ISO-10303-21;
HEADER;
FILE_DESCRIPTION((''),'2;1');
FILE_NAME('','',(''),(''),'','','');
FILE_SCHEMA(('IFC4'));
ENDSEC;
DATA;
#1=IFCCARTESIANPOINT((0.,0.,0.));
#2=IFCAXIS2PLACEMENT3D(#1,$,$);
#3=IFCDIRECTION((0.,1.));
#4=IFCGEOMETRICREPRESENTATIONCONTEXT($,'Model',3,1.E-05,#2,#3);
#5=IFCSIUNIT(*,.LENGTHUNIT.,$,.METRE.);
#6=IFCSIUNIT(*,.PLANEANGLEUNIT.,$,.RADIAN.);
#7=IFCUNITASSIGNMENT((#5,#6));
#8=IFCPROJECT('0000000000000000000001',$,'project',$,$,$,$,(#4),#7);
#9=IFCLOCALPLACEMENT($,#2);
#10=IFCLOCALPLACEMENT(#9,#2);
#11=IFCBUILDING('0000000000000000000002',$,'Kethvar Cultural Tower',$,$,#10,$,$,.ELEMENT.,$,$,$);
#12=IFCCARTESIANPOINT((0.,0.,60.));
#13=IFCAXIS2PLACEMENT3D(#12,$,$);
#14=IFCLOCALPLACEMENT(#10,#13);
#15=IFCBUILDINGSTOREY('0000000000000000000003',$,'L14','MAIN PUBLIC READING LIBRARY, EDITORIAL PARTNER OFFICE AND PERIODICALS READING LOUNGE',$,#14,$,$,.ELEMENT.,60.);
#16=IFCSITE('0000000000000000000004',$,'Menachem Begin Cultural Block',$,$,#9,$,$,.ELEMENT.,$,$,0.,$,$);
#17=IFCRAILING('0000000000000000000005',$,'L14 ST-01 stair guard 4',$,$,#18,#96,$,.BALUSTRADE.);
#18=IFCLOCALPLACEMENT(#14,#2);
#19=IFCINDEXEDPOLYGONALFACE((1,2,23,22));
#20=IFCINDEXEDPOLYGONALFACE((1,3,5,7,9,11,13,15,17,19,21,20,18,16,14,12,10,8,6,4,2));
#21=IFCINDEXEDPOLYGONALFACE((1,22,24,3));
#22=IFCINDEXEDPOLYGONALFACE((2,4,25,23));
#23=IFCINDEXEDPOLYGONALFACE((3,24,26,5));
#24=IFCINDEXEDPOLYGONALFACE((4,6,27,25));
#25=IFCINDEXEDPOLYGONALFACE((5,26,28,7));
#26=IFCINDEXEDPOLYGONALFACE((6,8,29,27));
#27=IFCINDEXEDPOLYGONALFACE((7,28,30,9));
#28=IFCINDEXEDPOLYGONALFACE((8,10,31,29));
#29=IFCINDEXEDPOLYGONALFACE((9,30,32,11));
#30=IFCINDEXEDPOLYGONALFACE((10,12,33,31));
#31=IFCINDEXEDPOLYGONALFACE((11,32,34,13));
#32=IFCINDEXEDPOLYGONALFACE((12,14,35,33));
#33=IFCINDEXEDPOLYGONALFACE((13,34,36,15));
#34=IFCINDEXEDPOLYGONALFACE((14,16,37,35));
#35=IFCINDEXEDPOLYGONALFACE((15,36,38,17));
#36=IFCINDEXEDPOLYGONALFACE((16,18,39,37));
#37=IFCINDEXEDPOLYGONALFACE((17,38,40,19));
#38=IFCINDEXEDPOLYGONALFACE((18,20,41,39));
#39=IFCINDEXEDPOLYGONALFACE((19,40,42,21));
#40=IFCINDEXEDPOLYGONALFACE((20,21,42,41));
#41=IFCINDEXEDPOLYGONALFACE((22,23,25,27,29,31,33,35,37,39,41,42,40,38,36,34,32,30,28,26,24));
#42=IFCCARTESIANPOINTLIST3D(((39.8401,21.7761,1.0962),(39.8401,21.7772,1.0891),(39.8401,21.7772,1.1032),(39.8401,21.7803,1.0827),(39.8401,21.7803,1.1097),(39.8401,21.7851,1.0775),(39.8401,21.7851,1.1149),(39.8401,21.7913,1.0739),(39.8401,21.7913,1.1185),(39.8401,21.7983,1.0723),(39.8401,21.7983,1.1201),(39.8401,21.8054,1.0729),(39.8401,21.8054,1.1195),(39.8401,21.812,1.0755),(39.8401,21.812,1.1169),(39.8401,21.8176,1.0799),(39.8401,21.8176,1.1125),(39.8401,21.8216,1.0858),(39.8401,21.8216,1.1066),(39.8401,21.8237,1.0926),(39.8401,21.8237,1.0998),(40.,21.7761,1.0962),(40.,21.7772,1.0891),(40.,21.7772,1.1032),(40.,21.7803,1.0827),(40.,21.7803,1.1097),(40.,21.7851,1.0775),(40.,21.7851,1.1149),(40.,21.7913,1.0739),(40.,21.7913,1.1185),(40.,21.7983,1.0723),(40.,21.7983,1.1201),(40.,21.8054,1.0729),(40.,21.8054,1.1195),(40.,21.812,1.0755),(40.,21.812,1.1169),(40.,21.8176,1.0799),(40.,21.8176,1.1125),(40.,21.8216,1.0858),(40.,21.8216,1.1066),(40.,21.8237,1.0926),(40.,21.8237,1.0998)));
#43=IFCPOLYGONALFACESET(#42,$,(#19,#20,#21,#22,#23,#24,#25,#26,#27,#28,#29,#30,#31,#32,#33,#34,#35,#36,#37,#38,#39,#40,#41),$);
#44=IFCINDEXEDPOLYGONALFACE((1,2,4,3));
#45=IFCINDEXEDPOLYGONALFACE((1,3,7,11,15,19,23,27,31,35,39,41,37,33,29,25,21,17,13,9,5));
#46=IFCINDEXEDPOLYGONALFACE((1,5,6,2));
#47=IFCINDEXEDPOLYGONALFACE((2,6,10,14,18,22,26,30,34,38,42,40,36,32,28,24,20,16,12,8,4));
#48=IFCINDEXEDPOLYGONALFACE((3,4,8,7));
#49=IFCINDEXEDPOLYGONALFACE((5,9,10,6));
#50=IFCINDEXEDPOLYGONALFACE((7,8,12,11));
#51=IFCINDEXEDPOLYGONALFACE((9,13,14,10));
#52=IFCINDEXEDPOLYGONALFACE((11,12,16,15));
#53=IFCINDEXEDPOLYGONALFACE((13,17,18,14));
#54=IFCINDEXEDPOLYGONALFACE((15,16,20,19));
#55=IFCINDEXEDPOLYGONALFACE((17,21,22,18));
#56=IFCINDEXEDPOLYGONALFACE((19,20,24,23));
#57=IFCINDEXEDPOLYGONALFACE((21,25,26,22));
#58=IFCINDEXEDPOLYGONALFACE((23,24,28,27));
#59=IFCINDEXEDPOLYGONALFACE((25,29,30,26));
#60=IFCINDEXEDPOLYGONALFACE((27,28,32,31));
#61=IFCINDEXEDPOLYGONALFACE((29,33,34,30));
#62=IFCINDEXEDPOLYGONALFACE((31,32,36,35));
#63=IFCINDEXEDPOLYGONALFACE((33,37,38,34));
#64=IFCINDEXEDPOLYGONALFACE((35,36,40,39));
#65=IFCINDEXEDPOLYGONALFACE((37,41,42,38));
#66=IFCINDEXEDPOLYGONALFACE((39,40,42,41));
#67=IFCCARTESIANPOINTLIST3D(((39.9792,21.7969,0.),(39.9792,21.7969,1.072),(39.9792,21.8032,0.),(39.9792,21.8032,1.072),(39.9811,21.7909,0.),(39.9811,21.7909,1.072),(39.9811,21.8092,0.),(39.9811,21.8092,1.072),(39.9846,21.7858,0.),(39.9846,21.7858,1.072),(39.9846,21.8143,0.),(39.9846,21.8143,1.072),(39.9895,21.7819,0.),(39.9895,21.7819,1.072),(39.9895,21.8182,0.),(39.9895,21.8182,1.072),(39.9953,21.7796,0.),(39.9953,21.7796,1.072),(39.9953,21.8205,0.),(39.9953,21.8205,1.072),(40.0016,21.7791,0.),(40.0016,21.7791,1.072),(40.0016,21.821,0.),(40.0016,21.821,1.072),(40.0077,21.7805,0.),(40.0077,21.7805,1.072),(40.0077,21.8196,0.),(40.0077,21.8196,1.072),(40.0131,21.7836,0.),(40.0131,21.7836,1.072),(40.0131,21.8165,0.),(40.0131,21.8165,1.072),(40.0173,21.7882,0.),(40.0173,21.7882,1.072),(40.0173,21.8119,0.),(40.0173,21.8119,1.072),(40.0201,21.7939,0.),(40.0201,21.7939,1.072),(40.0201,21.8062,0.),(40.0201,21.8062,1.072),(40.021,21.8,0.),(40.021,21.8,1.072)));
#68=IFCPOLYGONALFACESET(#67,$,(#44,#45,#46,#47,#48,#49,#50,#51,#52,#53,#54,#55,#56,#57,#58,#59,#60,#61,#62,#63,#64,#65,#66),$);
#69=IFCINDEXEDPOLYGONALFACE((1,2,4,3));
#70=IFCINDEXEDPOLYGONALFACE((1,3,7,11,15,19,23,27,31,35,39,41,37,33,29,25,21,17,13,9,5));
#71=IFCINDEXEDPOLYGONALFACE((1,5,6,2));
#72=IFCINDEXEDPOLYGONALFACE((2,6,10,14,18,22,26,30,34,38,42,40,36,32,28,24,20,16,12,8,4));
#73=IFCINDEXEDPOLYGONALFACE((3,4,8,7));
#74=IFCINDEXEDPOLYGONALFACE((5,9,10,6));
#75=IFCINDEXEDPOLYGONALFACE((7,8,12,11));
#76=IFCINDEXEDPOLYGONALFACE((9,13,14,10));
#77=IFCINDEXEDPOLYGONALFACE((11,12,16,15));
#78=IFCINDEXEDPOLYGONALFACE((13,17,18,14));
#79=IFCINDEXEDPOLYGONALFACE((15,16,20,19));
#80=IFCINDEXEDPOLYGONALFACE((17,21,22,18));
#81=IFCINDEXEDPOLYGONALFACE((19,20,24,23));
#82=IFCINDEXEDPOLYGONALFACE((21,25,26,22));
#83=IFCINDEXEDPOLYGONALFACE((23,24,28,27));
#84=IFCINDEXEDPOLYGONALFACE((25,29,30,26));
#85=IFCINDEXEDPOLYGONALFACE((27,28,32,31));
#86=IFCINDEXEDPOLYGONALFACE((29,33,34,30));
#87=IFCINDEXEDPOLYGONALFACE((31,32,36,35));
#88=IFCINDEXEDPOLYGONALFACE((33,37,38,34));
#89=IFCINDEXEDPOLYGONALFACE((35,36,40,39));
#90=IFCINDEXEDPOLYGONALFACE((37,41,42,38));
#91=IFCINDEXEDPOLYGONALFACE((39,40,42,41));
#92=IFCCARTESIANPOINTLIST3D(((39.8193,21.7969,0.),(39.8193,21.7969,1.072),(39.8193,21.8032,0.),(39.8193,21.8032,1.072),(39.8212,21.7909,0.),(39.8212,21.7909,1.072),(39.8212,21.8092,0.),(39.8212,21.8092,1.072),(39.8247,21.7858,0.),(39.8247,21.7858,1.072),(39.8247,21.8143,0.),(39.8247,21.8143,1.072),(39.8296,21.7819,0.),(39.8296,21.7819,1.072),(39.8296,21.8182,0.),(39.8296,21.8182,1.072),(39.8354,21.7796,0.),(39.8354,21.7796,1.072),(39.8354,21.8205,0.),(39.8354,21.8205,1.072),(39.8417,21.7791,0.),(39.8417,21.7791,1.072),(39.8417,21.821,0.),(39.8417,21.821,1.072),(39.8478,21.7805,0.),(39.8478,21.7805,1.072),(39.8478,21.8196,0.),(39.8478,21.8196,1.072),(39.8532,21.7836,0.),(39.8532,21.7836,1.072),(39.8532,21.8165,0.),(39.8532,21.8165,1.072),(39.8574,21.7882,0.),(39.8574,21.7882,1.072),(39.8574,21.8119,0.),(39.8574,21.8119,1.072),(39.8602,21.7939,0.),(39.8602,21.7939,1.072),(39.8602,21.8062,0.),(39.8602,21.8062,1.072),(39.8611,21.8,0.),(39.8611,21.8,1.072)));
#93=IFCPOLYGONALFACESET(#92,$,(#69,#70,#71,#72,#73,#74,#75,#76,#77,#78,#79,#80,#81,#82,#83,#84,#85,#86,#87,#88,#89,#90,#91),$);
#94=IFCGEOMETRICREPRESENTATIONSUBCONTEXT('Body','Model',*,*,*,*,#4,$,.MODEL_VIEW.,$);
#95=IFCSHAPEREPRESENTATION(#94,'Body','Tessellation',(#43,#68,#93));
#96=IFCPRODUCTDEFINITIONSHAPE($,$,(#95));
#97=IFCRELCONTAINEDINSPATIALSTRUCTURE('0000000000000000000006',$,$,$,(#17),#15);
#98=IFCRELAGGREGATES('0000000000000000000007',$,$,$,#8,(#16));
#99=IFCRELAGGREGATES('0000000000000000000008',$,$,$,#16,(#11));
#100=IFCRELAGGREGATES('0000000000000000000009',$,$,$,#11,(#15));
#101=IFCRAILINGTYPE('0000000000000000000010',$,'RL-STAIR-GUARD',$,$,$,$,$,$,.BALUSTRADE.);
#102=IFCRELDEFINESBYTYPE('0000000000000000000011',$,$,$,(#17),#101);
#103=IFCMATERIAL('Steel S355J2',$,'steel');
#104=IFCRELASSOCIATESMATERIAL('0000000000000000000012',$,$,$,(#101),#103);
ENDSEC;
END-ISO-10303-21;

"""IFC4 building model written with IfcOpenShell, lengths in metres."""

from ifc_helpers import new_model, si_unit, direction, frame, origin, origin_2d, place, context, subcontext, project, spatial, circle, extrude, material, type_object, element, save


model = new_model("IFC4")

# Units and contexts
model_context = context("Model", 3, precision=1e-05, world=origin(), true_north=direction((0.0, 1.0)))
body_context = subcontext(model_context, "Body", "Model", "MODEL_VIEW")
ifc_project = project(units=[si_unit("LENGTHUNIT", "METRE"), si_unit("PLANEANGLEUNIT", "RADIAN")], contexts=[model_context])

# Site, building, storey
site_placement = place(None, origin())
site = spatial("IfcSite", under=ifc_project, at=site_placement, Name="Menachem Begin Cultural Block", CompositionType="ELEMENT", RefElevation=0.0)
building_placement = place(site_placement, origin())
building = spatial("IfcBuilding", under=site, at=building_placement, Name="Kethvar Cultural Tower", CompositionType="ELEMENT")
storey_placement = place(building_placement, frame((0.0, 0.0, 60.0)))
storey = spatial("IfcBuildingStorey", under=building, at=storey_placement, Name="L14", Description="MAIN PUBLIC READING LIBRARY, EDITORIAL PARTNER OFFICE AND PERIODICALS READING LOUNGE", CompositionType="ELEMENT", Elevation=60.0)

# Shared definitions
ifc_material_1 = material(Name="Steel S355J2", Category="steel")

# Railing
railing_type_1 = type_object("IfcRailingType", Name="RL-STAIR-GUARD", PredefinedType="BALUSTRADE", material=ifc_material_1)
railing_1_placement = place(storey_placement, frame((40.0, 21.8, 0.0)))
element("IfcRailing", 1, at=railing_1_placement, inside=storey, type_object=railing_type_1, Name="L14 ST-01 stair guard 4", PredefinedType="BALUSTRADE", context=body_context, shape_type="SweptSolid", body=[
    extrude(circle(Radius=0.0239, at=origin_2d()), frame((0.0, 0.0, 1.0962), z_axis=(-1.0, 0.0, 0.0), x_axis=(0.0, -1.0, 0.0)), (0.0, 0.0, 1.0), 0.1599),
    extrude(circle(Radius=0.021, at=origin_2d()), origin(), (0.0, 0.0, 1.0), 1.072),
    extrude(circle(Radius=0.021, at=origin_2d()), frame((-0.1599, 0.0, 0.0)), (0.0, 0.0, 1.0), 1.072),
])

save(model, "model.ifc")
